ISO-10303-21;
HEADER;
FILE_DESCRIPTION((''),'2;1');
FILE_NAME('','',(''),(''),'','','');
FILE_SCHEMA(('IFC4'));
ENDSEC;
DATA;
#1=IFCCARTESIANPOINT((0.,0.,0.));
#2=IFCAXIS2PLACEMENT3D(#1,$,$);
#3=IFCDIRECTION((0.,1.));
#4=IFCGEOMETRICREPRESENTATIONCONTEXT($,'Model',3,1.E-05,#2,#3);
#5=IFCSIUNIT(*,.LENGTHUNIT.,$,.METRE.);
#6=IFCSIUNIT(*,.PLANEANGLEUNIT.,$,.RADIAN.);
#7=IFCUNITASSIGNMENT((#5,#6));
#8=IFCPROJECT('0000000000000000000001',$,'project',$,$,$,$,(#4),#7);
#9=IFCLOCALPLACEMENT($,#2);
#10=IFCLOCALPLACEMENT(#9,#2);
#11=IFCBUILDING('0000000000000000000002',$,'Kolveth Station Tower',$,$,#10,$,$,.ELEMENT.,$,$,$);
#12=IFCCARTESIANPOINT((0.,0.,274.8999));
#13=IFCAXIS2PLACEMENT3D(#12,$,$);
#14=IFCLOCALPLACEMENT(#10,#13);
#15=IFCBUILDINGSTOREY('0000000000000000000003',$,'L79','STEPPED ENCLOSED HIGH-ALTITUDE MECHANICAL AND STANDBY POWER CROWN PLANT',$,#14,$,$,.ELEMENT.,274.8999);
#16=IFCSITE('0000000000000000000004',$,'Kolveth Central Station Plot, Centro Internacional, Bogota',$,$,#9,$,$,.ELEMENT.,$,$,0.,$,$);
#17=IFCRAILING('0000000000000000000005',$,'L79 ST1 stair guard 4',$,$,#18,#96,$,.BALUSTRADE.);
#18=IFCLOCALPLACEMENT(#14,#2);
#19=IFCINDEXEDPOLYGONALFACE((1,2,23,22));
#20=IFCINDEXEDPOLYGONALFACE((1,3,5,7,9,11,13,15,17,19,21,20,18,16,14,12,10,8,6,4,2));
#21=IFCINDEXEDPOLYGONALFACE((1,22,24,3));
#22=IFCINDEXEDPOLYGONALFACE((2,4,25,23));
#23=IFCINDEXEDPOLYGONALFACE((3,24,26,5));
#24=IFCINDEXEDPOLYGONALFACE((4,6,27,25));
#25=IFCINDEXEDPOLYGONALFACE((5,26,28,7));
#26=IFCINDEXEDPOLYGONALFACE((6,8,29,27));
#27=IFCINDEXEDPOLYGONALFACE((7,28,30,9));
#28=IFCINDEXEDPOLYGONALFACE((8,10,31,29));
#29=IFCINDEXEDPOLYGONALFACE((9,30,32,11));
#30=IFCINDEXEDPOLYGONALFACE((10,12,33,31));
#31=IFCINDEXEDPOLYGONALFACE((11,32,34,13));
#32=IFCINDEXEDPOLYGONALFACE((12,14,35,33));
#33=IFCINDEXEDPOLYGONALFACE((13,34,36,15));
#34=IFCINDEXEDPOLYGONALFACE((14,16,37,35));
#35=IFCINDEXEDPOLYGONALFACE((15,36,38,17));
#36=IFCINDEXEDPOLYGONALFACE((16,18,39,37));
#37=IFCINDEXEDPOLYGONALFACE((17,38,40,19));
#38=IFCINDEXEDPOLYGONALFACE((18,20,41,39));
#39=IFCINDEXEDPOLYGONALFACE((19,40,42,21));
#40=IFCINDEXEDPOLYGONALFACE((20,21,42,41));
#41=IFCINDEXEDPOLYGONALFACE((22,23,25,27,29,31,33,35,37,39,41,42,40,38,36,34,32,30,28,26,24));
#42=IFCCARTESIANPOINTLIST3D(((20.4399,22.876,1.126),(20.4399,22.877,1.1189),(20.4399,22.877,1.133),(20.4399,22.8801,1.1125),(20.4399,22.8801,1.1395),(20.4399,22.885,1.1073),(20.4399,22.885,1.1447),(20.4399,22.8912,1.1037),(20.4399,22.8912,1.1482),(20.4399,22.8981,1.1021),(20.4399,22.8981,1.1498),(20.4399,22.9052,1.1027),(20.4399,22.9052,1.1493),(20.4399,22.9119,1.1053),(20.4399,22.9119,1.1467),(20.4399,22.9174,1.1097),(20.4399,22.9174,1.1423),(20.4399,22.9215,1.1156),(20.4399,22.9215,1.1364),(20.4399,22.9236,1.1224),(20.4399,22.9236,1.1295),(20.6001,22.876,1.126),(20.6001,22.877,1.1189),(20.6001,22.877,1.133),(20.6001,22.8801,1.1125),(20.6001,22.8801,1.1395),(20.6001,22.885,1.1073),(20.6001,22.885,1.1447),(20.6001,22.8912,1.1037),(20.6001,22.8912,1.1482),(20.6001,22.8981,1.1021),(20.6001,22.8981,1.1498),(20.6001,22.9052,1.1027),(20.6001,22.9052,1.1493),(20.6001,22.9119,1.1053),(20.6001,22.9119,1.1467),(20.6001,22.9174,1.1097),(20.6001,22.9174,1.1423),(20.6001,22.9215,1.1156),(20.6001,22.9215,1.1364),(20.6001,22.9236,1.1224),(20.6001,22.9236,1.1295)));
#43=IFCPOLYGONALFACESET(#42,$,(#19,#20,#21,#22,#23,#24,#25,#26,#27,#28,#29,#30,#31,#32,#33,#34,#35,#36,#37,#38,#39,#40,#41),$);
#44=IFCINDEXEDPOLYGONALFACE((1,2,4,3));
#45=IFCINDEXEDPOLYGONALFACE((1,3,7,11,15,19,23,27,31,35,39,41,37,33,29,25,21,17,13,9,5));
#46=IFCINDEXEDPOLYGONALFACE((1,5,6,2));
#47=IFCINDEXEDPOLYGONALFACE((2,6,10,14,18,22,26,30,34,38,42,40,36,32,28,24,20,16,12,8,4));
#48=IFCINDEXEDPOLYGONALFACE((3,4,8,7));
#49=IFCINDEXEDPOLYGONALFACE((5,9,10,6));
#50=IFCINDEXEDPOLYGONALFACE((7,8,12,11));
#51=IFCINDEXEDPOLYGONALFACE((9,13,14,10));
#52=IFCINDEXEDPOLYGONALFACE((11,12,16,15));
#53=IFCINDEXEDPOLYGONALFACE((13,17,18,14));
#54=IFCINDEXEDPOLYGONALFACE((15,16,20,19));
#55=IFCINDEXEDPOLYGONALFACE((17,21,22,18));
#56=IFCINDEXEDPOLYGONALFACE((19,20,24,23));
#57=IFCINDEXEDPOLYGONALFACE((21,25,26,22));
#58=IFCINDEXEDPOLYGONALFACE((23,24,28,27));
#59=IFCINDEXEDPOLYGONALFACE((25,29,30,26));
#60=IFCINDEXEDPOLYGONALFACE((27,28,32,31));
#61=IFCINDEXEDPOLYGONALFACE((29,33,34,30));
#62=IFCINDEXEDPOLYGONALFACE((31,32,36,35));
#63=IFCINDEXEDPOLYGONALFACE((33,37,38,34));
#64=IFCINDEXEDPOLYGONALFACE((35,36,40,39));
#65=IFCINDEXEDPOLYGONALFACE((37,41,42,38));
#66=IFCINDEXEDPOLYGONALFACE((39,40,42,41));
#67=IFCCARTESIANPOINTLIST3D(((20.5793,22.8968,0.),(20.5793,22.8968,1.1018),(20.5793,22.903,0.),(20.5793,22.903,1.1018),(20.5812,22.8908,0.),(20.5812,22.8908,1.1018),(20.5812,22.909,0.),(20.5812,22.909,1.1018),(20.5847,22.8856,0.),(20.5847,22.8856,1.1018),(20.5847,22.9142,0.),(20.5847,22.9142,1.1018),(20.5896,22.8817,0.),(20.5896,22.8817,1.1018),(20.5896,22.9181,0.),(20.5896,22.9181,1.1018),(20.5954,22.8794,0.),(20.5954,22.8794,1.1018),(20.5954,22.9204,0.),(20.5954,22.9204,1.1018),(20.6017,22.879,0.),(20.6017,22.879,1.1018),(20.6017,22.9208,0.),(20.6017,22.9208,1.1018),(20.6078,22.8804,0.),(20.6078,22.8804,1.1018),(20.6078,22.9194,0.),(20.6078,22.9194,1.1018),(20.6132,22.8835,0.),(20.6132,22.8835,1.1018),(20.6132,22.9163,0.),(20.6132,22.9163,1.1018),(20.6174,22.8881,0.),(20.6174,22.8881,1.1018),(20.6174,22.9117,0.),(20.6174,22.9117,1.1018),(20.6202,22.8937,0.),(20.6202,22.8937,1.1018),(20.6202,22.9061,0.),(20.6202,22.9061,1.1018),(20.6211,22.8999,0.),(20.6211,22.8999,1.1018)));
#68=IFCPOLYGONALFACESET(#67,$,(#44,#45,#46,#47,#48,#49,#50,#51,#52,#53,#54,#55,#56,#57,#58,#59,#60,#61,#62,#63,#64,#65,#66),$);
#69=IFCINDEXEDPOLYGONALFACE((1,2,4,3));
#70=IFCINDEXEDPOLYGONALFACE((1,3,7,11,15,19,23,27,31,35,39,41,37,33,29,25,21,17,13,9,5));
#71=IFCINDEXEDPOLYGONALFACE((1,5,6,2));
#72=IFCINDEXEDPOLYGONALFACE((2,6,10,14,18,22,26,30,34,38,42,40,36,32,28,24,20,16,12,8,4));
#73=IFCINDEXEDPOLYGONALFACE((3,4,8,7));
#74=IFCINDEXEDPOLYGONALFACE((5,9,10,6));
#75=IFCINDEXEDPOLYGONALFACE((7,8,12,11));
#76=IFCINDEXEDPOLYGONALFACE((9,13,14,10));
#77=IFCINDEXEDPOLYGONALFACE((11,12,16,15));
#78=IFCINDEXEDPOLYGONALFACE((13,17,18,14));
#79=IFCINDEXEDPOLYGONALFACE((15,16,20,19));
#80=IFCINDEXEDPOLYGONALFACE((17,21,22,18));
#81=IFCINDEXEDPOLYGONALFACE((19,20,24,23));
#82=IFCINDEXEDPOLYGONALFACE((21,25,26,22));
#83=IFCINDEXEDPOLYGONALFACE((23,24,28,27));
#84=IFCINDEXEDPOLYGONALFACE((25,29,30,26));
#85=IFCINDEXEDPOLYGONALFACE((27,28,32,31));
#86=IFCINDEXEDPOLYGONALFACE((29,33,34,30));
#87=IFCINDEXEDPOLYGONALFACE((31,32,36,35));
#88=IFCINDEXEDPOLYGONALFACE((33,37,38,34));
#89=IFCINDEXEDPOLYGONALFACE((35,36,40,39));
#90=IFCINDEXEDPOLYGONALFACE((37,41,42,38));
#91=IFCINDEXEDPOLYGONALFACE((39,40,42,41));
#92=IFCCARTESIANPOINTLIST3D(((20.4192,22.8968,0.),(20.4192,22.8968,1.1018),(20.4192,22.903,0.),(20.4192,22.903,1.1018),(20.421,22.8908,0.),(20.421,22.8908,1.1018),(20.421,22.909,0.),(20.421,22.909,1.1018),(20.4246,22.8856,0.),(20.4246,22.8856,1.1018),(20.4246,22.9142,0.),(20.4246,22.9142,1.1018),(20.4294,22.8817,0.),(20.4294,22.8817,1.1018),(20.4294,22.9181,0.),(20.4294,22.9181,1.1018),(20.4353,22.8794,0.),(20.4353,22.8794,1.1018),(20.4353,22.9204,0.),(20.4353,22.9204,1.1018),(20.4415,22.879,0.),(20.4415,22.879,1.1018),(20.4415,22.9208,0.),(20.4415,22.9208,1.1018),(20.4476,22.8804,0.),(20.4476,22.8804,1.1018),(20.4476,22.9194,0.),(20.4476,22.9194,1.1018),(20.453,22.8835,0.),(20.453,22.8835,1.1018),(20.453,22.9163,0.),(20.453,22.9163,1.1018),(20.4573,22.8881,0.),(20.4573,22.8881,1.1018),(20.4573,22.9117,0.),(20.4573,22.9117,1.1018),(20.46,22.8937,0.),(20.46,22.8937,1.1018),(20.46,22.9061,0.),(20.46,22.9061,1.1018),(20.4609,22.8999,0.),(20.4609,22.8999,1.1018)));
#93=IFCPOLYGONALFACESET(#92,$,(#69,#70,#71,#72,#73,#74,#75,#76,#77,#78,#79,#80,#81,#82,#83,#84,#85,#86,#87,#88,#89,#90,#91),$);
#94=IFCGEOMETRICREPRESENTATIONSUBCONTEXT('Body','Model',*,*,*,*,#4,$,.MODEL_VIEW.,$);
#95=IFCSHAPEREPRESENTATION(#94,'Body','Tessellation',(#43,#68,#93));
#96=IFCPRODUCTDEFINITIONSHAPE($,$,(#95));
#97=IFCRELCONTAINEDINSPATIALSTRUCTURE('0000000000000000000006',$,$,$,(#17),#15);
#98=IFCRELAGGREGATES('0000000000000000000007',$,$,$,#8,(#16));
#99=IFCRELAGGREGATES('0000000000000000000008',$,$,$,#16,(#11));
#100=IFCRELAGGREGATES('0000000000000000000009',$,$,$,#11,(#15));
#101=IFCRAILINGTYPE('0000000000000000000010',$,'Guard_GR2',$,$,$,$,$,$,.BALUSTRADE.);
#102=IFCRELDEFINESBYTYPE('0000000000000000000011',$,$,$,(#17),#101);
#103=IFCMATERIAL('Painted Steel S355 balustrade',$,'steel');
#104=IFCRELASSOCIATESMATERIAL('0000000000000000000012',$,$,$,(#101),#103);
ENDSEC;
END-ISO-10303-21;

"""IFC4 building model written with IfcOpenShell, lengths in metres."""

from ifc_helpers import new_model, si_unit, direction, frame, origin, origin_2d, place, context, subcontext, project, spatial, circle, extrude, material, type_object, element, save


model = new_model("IFC4")

# Units and contexts
model_context = context("Model", 3, precision=1e-05, world=origin(), true_north=direction((0.0, 1.0)))
body_context = subcontext(model_context, "Body", "Model", "MODEL_VIEW")
ifc_project = project(units=[si_unit("LENGTHUNIT", "METRE"), si_unit("PLANEANGLEUNIT", "RADIAN")], contexts=[model_context])

# Site, building, storey
site_placement = place(None, origin())
site = spatial("IfcSite", under=ifc_project, at=site_placement, Name="Kolveth Central Station Plot, Centro Internacional, Bogota", CompositionType="ELEMENT", RefElevation=0.0)
building_placement = place(site_placement, origin())
building = spatial("IfcBuilding", under=site, at=building_placement, Name="Kolveth Station Tower", CompositionType="ELEMENT")
storey_placement = place(building_placement, frame((0.0, 0.0, 274.8999)))
storey = spatial("IfcBuildingStorey", under=building, at=storey_placement, Name="L79", Description="STEPPED ENCLOSED HIGH-ALTITUDE MECHANICAL AND STANDBY POWER CROWN PLANT", CompositionType="ELEMENT", Elevation=274.8999)

# Railing
ifc_material_1 = material(Name="Painted Steel S355 balustrade", Category="steel")
railing_type_1 = type_object("IfcRailingType", Name="Guard_GR2", PredefinedType="BALUSTRADE", material=ifc_material_1)
railing_1_placement = place(storey_placement, frame((20.6001, 22.8999, 0.0)))
element("IfcRailing", 1, at=railing_1_placement, inside=storey, type_object=railing_type_1, Name="L79 ST1 stair guard 4", PredefinedType="BALUSTRADE", context=body_context, shape_type="SweptSolid", body=[
    extrude(circle(Radius=0.0239, at=origin_2d()), frame((0.0, 0.0, 1.126), z_axis=(-1.0, 0.0, 0.0), x_axis=(0.0, -1.0, 0.0)), (0.0, 0.0, 1.0), 0.1602),
    extrude(circle(Radius=0.021, at=origin_2d()), origin(), (0.0, 0.0, 1.0), 1.1018),
    extrude(circle(Radius=0.021, at=origin_2d()), frame((-0.1602, 0.0, 0.0)), (0.0, 0.0, 1.0), 1.1018),
])

save(model, "model.ifc")
